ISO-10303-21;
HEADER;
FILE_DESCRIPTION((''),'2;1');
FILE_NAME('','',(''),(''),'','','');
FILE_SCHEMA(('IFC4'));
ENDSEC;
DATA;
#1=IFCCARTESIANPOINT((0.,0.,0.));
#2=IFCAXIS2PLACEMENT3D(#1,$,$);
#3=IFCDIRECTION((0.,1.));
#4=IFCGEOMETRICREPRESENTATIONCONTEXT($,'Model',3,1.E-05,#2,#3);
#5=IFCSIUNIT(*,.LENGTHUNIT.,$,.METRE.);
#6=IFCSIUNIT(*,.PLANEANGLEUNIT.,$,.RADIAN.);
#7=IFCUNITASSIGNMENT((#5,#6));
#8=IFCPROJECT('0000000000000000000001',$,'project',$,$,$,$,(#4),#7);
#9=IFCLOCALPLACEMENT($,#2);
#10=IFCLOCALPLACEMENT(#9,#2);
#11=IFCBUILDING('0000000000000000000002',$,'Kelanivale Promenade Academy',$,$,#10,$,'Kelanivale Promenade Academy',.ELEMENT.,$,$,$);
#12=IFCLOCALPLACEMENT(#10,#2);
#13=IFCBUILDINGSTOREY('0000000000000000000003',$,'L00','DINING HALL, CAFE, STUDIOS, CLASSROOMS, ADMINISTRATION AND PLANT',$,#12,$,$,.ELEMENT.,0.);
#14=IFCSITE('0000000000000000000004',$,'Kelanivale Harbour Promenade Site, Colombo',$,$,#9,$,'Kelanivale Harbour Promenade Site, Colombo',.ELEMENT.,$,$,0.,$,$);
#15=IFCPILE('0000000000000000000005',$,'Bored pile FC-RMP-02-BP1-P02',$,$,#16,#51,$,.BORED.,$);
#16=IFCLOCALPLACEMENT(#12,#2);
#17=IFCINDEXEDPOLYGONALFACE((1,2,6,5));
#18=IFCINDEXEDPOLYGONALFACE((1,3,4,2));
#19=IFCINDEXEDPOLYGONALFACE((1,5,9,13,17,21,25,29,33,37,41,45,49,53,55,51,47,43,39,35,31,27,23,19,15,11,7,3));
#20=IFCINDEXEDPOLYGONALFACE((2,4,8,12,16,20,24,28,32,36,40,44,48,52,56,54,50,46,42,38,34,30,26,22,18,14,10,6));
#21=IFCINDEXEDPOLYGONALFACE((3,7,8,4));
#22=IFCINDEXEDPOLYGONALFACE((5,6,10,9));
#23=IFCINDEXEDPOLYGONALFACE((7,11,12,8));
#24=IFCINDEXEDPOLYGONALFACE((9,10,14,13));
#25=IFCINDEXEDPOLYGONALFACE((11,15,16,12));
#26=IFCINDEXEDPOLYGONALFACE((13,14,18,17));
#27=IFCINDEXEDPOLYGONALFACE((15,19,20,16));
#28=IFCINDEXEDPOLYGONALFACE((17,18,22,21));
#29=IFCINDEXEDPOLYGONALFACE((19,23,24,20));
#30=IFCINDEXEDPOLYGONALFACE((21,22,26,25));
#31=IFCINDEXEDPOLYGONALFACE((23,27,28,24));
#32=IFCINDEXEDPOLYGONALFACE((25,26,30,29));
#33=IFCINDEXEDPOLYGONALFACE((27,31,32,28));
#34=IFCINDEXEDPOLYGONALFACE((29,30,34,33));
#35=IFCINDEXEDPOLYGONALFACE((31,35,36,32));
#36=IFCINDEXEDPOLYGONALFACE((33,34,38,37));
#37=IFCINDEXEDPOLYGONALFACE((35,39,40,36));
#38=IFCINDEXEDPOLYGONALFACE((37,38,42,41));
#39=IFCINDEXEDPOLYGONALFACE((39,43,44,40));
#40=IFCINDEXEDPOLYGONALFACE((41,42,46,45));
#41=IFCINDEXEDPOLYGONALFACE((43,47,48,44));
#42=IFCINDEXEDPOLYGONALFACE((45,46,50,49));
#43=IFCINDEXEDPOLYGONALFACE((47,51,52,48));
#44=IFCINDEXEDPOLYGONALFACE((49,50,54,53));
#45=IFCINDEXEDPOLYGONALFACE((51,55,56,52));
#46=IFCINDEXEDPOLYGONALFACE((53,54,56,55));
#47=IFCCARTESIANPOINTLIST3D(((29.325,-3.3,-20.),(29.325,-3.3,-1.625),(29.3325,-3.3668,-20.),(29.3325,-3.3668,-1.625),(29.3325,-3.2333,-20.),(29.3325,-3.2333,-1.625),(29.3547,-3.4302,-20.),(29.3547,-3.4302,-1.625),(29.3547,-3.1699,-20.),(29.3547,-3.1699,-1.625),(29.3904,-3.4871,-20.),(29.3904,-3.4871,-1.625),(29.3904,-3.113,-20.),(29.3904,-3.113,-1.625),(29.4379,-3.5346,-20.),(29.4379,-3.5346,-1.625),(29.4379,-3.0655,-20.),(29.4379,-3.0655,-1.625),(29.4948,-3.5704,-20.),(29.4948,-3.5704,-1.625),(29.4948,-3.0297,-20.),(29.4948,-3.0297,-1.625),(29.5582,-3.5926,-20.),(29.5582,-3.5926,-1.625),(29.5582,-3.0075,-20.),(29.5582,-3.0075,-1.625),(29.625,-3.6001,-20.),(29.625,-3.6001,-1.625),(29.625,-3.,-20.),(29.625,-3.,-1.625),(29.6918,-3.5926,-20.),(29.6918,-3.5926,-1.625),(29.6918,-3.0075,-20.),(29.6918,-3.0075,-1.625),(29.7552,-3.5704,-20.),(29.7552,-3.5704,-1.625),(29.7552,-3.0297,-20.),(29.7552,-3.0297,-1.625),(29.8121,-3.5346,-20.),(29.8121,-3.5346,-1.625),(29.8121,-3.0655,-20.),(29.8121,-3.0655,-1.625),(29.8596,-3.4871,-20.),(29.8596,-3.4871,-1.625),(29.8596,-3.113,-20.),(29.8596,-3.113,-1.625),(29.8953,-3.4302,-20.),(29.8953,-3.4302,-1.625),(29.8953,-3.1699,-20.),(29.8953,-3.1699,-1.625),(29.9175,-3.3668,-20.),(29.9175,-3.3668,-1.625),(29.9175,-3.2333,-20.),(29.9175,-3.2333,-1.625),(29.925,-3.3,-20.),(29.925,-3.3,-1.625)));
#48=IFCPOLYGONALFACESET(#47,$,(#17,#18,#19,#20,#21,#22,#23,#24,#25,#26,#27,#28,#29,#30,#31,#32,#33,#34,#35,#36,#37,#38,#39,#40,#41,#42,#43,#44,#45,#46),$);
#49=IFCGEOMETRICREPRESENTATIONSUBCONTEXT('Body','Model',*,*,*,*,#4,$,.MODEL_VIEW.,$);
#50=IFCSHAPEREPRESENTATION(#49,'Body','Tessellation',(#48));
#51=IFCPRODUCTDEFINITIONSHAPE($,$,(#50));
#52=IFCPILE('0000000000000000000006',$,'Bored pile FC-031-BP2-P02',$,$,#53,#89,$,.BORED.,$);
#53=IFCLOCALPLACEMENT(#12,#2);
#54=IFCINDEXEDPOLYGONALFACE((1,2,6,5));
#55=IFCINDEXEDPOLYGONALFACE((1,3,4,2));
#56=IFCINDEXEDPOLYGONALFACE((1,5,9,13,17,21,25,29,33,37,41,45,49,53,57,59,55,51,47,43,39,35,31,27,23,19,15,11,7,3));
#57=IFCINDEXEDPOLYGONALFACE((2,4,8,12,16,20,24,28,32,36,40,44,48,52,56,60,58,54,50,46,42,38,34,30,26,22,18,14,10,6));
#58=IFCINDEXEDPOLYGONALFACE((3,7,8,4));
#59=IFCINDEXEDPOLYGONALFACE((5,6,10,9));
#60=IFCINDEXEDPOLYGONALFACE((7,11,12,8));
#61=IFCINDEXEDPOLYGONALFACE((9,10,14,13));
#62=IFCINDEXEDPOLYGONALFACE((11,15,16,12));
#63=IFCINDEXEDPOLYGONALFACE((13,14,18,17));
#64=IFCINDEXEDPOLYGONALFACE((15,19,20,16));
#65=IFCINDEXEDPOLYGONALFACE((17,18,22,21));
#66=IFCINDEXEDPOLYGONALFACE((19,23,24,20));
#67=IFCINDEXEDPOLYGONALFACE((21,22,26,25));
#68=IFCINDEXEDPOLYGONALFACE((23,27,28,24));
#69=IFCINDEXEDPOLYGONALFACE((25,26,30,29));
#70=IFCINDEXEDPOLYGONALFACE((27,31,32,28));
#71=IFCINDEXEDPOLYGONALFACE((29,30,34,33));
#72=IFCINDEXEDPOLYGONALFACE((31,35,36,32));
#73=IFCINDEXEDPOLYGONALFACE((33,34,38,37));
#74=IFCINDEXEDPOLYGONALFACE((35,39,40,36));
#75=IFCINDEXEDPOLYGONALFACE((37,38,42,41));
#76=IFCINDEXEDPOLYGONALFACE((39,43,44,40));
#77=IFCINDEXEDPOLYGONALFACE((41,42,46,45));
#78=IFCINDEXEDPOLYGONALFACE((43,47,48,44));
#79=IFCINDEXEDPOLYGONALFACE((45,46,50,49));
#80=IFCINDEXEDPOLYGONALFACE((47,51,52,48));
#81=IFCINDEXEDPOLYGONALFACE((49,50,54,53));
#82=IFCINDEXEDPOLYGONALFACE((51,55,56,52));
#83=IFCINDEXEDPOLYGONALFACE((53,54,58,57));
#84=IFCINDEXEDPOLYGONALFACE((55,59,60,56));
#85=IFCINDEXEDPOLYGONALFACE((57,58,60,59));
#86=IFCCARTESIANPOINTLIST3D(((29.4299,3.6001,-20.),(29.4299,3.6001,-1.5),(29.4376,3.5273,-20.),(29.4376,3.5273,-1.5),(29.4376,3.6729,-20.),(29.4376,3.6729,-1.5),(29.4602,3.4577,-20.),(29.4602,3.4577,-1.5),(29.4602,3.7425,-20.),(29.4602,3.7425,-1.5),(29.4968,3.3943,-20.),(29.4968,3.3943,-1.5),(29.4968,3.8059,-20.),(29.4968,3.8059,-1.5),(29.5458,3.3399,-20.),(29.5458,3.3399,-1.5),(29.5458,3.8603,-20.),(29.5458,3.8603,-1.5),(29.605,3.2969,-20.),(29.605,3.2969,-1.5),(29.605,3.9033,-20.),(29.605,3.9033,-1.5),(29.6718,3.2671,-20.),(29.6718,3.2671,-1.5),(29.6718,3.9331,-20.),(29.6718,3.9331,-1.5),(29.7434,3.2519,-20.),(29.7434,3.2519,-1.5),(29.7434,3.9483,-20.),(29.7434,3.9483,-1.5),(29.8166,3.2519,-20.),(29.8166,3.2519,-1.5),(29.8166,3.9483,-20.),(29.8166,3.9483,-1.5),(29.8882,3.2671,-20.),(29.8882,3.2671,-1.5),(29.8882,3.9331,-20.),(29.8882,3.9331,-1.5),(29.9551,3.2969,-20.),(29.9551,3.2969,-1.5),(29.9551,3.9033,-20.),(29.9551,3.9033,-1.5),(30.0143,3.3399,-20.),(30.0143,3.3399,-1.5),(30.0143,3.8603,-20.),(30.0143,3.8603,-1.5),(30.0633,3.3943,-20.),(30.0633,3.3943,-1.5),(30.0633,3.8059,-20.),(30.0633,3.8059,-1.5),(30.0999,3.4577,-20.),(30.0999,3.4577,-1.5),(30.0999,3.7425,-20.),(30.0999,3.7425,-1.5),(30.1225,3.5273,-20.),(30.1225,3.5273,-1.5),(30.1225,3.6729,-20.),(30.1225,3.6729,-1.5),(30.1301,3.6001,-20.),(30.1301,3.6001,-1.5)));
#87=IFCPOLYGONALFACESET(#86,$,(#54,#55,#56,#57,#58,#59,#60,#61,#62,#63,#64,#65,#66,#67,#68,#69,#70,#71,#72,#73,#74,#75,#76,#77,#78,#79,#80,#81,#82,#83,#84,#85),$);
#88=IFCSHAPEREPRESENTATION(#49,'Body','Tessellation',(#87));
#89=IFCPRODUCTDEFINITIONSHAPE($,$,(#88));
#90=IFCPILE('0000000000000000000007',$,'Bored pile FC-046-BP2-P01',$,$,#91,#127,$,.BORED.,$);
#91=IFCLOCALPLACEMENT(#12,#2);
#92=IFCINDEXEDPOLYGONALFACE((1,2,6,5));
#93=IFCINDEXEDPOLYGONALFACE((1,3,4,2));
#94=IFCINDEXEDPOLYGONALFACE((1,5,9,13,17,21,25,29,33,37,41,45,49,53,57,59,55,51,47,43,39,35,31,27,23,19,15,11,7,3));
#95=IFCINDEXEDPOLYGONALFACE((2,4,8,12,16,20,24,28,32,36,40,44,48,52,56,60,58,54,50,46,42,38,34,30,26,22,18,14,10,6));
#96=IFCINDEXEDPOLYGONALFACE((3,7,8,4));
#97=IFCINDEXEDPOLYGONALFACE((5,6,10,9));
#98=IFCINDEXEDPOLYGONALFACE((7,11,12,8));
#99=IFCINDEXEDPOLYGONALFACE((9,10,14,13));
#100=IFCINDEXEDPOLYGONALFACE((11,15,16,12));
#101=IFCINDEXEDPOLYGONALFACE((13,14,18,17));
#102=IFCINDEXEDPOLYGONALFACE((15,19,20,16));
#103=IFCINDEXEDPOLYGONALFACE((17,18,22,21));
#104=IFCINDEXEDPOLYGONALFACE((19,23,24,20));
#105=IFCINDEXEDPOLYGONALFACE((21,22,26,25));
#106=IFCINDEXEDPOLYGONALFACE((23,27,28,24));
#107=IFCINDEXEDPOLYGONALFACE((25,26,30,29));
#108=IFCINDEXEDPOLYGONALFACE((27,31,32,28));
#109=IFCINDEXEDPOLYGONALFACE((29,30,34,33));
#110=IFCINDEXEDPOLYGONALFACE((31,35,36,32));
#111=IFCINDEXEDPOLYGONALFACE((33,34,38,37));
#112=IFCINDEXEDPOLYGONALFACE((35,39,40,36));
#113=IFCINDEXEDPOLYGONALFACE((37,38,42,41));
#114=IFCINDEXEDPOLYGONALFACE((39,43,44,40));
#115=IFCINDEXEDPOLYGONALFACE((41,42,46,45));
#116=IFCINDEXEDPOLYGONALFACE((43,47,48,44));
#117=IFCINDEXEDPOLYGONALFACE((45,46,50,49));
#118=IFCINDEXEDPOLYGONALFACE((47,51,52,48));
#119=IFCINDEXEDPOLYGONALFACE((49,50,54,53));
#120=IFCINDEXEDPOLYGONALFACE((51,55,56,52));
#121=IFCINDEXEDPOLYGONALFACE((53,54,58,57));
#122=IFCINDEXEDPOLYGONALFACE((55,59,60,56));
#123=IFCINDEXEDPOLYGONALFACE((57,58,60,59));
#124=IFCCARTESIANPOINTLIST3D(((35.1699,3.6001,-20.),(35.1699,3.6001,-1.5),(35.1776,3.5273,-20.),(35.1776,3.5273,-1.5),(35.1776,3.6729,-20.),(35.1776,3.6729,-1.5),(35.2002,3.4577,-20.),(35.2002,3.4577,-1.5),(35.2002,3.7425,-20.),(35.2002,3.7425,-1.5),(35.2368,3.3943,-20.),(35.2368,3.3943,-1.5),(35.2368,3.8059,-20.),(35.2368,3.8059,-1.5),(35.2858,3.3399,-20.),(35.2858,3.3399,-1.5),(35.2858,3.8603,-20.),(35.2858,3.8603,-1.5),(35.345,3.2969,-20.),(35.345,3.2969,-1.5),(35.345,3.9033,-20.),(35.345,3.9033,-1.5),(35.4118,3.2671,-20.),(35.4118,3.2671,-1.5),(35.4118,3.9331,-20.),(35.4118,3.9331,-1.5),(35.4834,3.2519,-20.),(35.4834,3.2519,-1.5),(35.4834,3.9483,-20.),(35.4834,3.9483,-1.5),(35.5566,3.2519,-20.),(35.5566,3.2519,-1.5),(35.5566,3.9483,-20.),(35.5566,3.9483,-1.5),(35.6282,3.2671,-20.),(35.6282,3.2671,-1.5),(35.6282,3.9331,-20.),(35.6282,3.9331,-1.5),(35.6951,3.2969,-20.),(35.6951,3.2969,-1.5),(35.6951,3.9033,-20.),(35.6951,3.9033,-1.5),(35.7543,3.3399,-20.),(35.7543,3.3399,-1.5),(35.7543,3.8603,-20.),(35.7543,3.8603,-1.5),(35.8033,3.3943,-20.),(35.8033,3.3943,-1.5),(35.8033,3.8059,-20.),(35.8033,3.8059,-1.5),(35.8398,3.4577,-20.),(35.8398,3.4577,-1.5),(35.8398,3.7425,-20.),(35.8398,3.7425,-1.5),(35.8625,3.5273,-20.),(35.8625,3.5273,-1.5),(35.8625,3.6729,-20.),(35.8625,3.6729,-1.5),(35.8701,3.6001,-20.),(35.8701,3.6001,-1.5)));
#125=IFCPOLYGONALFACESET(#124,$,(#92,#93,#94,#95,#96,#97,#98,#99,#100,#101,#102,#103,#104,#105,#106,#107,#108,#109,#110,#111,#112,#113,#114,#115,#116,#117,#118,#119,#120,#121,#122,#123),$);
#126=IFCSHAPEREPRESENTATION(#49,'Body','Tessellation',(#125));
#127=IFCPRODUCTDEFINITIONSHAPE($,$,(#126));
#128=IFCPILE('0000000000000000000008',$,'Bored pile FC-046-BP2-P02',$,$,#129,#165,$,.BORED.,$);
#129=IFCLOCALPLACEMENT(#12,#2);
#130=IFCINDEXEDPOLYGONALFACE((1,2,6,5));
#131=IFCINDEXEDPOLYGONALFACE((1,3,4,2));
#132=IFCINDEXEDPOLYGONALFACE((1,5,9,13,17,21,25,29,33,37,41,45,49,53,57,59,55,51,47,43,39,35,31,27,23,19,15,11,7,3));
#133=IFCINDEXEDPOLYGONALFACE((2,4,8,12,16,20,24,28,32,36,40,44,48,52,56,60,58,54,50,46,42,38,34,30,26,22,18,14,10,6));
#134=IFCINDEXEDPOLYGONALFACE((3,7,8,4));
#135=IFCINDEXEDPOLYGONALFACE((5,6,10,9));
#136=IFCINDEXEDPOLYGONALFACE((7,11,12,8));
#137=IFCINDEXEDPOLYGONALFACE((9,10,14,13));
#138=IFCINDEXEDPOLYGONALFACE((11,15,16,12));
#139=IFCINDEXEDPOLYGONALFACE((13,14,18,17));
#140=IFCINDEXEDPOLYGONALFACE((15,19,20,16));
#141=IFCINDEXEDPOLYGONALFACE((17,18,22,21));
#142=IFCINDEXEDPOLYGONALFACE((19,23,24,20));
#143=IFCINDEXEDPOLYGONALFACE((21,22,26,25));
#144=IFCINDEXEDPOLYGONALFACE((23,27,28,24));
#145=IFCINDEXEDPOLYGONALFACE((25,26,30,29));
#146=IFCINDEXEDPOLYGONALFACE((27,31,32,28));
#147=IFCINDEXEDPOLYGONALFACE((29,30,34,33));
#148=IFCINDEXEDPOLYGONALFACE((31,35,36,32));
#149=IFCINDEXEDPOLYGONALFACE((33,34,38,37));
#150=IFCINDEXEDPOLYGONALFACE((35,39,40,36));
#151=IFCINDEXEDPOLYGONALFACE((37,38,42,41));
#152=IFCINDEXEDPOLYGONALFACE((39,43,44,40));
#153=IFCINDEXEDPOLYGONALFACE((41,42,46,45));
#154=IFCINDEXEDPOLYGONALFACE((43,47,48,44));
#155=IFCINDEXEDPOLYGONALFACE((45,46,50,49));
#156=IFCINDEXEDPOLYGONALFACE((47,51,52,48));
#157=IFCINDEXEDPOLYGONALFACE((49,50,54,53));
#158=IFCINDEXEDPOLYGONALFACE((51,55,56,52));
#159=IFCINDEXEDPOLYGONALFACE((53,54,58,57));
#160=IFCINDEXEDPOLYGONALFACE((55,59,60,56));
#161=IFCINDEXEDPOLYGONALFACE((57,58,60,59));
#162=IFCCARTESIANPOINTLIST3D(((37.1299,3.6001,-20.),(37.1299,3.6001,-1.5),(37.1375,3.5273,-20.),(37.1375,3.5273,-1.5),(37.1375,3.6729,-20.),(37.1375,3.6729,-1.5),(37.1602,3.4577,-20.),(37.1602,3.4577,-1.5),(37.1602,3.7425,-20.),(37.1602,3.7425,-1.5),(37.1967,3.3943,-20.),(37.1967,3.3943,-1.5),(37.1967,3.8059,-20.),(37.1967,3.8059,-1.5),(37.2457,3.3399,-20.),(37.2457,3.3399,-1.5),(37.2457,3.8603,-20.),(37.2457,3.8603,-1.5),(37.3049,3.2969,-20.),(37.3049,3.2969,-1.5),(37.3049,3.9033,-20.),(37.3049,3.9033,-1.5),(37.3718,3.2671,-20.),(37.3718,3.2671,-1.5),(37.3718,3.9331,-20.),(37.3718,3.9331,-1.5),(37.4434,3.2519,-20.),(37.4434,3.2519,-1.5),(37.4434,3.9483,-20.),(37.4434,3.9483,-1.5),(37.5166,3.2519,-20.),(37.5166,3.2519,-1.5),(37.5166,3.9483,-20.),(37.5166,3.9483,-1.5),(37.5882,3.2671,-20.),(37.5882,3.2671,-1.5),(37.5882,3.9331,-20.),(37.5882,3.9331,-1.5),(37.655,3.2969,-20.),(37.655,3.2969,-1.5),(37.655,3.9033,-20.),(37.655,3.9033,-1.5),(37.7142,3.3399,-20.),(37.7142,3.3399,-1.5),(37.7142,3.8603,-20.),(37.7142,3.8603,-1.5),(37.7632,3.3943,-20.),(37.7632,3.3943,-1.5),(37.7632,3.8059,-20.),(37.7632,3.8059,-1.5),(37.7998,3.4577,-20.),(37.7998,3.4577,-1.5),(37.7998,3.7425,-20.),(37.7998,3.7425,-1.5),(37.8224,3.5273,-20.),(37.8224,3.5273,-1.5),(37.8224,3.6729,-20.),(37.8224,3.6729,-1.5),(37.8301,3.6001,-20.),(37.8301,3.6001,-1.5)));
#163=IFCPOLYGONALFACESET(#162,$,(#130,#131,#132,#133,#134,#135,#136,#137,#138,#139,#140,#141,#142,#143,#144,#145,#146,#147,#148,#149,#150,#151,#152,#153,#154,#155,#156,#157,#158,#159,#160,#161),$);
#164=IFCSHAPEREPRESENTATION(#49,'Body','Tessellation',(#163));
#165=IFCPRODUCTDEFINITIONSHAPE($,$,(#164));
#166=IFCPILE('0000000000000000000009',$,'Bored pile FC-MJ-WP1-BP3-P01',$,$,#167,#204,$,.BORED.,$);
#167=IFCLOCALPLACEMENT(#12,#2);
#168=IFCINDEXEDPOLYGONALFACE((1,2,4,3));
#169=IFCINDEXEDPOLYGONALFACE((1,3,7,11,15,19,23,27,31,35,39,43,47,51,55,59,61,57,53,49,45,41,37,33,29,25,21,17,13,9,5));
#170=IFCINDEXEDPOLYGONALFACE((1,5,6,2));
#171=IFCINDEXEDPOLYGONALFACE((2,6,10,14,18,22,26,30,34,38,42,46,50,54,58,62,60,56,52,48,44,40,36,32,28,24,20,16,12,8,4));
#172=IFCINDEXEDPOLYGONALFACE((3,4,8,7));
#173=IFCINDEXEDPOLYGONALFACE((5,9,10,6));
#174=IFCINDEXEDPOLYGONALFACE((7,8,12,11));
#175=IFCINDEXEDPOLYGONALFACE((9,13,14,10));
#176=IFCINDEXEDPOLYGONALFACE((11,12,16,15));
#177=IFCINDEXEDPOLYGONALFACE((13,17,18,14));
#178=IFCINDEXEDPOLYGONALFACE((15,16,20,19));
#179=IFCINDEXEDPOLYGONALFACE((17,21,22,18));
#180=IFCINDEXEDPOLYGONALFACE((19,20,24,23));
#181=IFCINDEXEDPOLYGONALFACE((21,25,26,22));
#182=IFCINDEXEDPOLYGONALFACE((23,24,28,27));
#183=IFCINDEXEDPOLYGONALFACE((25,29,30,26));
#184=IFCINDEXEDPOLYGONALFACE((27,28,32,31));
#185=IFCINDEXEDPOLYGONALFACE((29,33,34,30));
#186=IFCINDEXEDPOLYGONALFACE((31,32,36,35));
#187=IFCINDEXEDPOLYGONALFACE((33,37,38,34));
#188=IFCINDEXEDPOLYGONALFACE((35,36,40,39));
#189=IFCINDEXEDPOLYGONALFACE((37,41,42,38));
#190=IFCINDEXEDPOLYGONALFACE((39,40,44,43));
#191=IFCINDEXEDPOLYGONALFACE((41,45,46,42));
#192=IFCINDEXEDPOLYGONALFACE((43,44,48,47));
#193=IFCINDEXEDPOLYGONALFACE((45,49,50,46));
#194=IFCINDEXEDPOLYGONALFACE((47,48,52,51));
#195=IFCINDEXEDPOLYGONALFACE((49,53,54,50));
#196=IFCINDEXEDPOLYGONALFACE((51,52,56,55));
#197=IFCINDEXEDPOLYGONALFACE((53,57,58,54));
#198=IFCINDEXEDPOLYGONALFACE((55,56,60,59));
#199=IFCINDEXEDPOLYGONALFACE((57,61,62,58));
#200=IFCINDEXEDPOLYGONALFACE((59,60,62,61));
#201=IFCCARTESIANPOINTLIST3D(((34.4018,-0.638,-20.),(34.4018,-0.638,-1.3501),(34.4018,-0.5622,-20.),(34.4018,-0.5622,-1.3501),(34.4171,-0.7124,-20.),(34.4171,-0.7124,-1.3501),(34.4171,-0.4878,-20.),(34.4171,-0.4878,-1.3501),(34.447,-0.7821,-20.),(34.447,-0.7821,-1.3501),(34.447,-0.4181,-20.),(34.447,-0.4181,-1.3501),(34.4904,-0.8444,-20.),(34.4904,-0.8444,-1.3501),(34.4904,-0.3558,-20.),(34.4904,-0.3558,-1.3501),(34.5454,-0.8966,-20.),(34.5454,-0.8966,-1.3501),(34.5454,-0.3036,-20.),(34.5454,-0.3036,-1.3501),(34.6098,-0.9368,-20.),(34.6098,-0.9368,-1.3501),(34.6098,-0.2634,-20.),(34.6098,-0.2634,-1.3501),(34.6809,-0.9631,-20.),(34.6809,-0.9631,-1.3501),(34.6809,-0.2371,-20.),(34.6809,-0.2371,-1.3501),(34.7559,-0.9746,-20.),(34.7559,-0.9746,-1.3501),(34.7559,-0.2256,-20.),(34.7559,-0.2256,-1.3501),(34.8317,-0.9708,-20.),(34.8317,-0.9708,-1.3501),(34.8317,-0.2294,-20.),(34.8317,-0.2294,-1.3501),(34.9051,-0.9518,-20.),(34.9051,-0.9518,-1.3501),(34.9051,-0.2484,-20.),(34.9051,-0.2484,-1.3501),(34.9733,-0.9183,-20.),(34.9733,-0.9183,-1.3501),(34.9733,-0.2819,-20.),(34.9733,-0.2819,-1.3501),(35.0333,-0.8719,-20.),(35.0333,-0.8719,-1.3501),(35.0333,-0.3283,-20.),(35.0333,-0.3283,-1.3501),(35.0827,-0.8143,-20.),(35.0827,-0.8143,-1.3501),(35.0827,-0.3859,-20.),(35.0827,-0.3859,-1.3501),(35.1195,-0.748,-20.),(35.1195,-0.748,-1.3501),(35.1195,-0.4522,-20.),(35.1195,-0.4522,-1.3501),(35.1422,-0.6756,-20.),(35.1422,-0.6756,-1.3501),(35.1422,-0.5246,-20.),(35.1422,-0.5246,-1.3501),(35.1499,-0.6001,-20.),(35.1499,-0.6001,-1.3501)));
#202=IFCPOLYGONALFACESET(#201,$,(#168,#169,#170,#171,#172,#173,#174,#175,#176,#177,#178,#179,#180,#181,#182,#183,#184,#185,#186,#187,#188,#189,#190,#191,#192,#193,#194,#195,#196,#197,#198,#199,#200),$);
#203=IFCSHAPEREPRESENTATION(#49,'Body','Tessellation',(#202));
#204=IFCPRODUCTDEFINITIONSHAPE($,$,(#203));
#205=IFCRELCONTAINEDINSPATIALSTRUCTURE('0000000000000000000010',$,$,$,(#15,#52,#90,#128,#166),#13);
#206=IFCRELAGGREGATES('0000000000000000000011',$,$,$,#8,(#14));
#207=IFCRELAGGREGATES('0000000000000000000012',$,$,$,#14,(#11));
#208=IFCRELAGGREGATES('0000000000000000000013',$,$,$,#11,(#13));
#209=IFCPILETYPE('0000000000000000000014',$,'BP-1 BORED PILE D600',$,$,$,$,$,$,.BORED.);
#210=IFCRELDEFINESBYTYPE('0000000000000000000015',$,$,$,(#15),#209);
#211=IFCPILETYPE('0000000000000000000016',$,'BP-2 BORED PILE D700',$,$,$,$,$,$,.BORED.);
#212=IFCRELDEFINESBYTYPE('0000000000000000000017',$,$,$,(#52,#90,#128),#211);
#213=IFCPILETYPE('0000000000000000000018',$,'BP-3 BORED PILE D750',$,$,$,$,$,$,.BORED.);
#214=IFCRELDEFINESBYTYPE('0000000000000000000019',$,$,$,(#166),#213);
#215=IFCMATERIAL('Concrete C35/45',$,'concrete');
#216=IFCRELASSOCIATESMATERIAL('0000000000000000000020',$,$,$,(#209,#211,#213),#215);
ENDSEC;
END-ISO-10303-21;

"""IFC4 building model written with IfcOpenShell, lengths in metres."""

from ifc_helpers import new_model, si_unit, direction, frame, origin, origin_2d, place, context, subcontext, project, spatial, circle, extrude, material, material_profile, profile_set, type_object, element, save


model = new_model("IFC4")

# Units and contexts
model_context = context("Model", 3, precision=1e-05, world=origin(), true_north=direction((0.0, 1.0)))
body_context = subcontext(model_context, "Body", "Model", "MODEL_VIEW")
ifc_project = project(units=[si_unit("LENGTHUNIT", "METRE"), si_unit("PLANEANGLEUNIT", "RADIAN")], contexts=[model_context])

# Site, building, storey
site_placement = place(None, origin())
site = spatial("IfcSite", under=ifc_project, at=site_placement, Name="Kelanivale Harbour Promenade Site, Colombo", LongName="Kelanivale Harbour Promenade Site, Colombo", CompositionType="ELEMENT", RefElevation=0.0)
building_placement = place(site_placement, origin())
building = spatial("IfcBuilding", under=site, at=building_placement, Name="Kelanivale Promenade Academy", LongName="Kelanivale Promenade Academy", CompositionType="ELEMENT")
storey_placement = place(building_placement, origin())
storey = spatial("IfcBuildingStorey", under=building, at=storey_placement, Name="L00", Description="DINING HALL, CAFE, STUDIOS, CLASSROOMS, ADMINISTRATION AND PLANT", CompositionType="ELEMENT", Elevation=0.0)

# Piles
ifc_material_1 = material(Name="Concrete C35/45", Category="concrete")
ifc_material_profile_1 = material_profile(ifc_material_1, circle(Radius=0.3, at=origin_2d()), Name="BORED PILE D600")
ifc_profile_set_1 = profile_set([ifc_material_profile_1], Name="Concrete C35/45")
pile_type_1 = type_object("IfcPileType", Name="BP-1 BORED PILE D600", PredefinedType="BORED", material=ifc_profile_set_1)
pile_placement = place(storey_placement, frame((29.625, -3.3, -1.625), z_axis=(0.0, 0.0, -1.0), x_axis=(1.0, 0.0, 0.0)))
element("IfcPile", 1, at=pile_placement, inside=storey, type_object=pile_type_1, Name="Bored pile FC-RMP-02-BP1-P02", PredefinedType="BORED", context=body_context, shape_type="SweptSolid", body=[
    extrude(circle(Radius=0.3, at=origin_2d()), origin(), (0.0, 0.0, 1.0), 18.375),
])
ifc_material_profile_2 = material_profile(ifc_material_1, circle(Radius=0.3501, at=origin_2d()), Name="BORED PILE D700")
ifc_profile_set_2 = profile_set([ifc_material_profile_2], Name="Concrete C35/45")
pile_type_2 = type_object("IfcPileType", Name="BP-2 BORED PILE D700", PredefinedType="BORED", material=ifc_profile_set_2)
for number, where, z_axis, x_axis, name in (
    (2, (29.78, 3.6001, -1.5), (0.0, 0.0, -1.0), (1.0, 0.0, 0.0), "Bored pile FC-031-BP2-P02"),
    (3, (35.52, 3.6001, -1.5), (0.0, 0.0, -1.0), (1.0, 0.0, 0.0), "Bored pile FC-046-BP2-P01"),
    (4, (37.48, 3.6001, -1.5), (0.0, 0.0, -1.0), (1.0, 0.0, 0.0), "Bored pile FC-046-BP2-P02"),
):
    element("IfcPile", number, at=place(storey_placement, frame(where, z_axis=z_axis, x_axis=x_axis)), inside=storey, type_object=pile_type_2, Name=name, PredefinedType="BORED", context=body_context, shape_type="SweptSolid", body=[
        extrude(circle(Radius=0.3501, at=origin_2d()), origin(), (0.0, 0.0, 1.0), 18.5),
    ])
ifc_material_profile_3 = material_profile(ifc_material_1, circle(Radius=0.375, at=origin_2d()), Name="BORED PILE D750")
ifc_profile_set_3 = profile_set([ifc_material_profile_3], Name="Concrete C35/45")
pile_type_3 = type_object("IfcPileType", Name="BP-3 BORED PILE D750", PredefinedType="BORED", material=ifc_profile_set_3)
for number, where, z_axis, x_axis, name in (
    (5, (34.7749, -0.6001, -1.3501), (0.0, 0.0, -1.0), (1.0, 0.0, 0.0), "Bored pile FC-MJ-WP1-BP3-P01"),
):
    element("IfcPile", number, at=place(storey_placement, frame(where, z_axis=z_axis, x_axis=x_axis)), inside=storey, type_object=pile_type_3, Name=name, PredefinedType="BORED", context=body_context, shape_type="SweptSolid", body=[
        extrude(circle(Radius=0.375, at=origin_2d()), origin(), (0.0, 0.0, 1.0), 18.6499),
    ])

save(model, "model.ifc")
